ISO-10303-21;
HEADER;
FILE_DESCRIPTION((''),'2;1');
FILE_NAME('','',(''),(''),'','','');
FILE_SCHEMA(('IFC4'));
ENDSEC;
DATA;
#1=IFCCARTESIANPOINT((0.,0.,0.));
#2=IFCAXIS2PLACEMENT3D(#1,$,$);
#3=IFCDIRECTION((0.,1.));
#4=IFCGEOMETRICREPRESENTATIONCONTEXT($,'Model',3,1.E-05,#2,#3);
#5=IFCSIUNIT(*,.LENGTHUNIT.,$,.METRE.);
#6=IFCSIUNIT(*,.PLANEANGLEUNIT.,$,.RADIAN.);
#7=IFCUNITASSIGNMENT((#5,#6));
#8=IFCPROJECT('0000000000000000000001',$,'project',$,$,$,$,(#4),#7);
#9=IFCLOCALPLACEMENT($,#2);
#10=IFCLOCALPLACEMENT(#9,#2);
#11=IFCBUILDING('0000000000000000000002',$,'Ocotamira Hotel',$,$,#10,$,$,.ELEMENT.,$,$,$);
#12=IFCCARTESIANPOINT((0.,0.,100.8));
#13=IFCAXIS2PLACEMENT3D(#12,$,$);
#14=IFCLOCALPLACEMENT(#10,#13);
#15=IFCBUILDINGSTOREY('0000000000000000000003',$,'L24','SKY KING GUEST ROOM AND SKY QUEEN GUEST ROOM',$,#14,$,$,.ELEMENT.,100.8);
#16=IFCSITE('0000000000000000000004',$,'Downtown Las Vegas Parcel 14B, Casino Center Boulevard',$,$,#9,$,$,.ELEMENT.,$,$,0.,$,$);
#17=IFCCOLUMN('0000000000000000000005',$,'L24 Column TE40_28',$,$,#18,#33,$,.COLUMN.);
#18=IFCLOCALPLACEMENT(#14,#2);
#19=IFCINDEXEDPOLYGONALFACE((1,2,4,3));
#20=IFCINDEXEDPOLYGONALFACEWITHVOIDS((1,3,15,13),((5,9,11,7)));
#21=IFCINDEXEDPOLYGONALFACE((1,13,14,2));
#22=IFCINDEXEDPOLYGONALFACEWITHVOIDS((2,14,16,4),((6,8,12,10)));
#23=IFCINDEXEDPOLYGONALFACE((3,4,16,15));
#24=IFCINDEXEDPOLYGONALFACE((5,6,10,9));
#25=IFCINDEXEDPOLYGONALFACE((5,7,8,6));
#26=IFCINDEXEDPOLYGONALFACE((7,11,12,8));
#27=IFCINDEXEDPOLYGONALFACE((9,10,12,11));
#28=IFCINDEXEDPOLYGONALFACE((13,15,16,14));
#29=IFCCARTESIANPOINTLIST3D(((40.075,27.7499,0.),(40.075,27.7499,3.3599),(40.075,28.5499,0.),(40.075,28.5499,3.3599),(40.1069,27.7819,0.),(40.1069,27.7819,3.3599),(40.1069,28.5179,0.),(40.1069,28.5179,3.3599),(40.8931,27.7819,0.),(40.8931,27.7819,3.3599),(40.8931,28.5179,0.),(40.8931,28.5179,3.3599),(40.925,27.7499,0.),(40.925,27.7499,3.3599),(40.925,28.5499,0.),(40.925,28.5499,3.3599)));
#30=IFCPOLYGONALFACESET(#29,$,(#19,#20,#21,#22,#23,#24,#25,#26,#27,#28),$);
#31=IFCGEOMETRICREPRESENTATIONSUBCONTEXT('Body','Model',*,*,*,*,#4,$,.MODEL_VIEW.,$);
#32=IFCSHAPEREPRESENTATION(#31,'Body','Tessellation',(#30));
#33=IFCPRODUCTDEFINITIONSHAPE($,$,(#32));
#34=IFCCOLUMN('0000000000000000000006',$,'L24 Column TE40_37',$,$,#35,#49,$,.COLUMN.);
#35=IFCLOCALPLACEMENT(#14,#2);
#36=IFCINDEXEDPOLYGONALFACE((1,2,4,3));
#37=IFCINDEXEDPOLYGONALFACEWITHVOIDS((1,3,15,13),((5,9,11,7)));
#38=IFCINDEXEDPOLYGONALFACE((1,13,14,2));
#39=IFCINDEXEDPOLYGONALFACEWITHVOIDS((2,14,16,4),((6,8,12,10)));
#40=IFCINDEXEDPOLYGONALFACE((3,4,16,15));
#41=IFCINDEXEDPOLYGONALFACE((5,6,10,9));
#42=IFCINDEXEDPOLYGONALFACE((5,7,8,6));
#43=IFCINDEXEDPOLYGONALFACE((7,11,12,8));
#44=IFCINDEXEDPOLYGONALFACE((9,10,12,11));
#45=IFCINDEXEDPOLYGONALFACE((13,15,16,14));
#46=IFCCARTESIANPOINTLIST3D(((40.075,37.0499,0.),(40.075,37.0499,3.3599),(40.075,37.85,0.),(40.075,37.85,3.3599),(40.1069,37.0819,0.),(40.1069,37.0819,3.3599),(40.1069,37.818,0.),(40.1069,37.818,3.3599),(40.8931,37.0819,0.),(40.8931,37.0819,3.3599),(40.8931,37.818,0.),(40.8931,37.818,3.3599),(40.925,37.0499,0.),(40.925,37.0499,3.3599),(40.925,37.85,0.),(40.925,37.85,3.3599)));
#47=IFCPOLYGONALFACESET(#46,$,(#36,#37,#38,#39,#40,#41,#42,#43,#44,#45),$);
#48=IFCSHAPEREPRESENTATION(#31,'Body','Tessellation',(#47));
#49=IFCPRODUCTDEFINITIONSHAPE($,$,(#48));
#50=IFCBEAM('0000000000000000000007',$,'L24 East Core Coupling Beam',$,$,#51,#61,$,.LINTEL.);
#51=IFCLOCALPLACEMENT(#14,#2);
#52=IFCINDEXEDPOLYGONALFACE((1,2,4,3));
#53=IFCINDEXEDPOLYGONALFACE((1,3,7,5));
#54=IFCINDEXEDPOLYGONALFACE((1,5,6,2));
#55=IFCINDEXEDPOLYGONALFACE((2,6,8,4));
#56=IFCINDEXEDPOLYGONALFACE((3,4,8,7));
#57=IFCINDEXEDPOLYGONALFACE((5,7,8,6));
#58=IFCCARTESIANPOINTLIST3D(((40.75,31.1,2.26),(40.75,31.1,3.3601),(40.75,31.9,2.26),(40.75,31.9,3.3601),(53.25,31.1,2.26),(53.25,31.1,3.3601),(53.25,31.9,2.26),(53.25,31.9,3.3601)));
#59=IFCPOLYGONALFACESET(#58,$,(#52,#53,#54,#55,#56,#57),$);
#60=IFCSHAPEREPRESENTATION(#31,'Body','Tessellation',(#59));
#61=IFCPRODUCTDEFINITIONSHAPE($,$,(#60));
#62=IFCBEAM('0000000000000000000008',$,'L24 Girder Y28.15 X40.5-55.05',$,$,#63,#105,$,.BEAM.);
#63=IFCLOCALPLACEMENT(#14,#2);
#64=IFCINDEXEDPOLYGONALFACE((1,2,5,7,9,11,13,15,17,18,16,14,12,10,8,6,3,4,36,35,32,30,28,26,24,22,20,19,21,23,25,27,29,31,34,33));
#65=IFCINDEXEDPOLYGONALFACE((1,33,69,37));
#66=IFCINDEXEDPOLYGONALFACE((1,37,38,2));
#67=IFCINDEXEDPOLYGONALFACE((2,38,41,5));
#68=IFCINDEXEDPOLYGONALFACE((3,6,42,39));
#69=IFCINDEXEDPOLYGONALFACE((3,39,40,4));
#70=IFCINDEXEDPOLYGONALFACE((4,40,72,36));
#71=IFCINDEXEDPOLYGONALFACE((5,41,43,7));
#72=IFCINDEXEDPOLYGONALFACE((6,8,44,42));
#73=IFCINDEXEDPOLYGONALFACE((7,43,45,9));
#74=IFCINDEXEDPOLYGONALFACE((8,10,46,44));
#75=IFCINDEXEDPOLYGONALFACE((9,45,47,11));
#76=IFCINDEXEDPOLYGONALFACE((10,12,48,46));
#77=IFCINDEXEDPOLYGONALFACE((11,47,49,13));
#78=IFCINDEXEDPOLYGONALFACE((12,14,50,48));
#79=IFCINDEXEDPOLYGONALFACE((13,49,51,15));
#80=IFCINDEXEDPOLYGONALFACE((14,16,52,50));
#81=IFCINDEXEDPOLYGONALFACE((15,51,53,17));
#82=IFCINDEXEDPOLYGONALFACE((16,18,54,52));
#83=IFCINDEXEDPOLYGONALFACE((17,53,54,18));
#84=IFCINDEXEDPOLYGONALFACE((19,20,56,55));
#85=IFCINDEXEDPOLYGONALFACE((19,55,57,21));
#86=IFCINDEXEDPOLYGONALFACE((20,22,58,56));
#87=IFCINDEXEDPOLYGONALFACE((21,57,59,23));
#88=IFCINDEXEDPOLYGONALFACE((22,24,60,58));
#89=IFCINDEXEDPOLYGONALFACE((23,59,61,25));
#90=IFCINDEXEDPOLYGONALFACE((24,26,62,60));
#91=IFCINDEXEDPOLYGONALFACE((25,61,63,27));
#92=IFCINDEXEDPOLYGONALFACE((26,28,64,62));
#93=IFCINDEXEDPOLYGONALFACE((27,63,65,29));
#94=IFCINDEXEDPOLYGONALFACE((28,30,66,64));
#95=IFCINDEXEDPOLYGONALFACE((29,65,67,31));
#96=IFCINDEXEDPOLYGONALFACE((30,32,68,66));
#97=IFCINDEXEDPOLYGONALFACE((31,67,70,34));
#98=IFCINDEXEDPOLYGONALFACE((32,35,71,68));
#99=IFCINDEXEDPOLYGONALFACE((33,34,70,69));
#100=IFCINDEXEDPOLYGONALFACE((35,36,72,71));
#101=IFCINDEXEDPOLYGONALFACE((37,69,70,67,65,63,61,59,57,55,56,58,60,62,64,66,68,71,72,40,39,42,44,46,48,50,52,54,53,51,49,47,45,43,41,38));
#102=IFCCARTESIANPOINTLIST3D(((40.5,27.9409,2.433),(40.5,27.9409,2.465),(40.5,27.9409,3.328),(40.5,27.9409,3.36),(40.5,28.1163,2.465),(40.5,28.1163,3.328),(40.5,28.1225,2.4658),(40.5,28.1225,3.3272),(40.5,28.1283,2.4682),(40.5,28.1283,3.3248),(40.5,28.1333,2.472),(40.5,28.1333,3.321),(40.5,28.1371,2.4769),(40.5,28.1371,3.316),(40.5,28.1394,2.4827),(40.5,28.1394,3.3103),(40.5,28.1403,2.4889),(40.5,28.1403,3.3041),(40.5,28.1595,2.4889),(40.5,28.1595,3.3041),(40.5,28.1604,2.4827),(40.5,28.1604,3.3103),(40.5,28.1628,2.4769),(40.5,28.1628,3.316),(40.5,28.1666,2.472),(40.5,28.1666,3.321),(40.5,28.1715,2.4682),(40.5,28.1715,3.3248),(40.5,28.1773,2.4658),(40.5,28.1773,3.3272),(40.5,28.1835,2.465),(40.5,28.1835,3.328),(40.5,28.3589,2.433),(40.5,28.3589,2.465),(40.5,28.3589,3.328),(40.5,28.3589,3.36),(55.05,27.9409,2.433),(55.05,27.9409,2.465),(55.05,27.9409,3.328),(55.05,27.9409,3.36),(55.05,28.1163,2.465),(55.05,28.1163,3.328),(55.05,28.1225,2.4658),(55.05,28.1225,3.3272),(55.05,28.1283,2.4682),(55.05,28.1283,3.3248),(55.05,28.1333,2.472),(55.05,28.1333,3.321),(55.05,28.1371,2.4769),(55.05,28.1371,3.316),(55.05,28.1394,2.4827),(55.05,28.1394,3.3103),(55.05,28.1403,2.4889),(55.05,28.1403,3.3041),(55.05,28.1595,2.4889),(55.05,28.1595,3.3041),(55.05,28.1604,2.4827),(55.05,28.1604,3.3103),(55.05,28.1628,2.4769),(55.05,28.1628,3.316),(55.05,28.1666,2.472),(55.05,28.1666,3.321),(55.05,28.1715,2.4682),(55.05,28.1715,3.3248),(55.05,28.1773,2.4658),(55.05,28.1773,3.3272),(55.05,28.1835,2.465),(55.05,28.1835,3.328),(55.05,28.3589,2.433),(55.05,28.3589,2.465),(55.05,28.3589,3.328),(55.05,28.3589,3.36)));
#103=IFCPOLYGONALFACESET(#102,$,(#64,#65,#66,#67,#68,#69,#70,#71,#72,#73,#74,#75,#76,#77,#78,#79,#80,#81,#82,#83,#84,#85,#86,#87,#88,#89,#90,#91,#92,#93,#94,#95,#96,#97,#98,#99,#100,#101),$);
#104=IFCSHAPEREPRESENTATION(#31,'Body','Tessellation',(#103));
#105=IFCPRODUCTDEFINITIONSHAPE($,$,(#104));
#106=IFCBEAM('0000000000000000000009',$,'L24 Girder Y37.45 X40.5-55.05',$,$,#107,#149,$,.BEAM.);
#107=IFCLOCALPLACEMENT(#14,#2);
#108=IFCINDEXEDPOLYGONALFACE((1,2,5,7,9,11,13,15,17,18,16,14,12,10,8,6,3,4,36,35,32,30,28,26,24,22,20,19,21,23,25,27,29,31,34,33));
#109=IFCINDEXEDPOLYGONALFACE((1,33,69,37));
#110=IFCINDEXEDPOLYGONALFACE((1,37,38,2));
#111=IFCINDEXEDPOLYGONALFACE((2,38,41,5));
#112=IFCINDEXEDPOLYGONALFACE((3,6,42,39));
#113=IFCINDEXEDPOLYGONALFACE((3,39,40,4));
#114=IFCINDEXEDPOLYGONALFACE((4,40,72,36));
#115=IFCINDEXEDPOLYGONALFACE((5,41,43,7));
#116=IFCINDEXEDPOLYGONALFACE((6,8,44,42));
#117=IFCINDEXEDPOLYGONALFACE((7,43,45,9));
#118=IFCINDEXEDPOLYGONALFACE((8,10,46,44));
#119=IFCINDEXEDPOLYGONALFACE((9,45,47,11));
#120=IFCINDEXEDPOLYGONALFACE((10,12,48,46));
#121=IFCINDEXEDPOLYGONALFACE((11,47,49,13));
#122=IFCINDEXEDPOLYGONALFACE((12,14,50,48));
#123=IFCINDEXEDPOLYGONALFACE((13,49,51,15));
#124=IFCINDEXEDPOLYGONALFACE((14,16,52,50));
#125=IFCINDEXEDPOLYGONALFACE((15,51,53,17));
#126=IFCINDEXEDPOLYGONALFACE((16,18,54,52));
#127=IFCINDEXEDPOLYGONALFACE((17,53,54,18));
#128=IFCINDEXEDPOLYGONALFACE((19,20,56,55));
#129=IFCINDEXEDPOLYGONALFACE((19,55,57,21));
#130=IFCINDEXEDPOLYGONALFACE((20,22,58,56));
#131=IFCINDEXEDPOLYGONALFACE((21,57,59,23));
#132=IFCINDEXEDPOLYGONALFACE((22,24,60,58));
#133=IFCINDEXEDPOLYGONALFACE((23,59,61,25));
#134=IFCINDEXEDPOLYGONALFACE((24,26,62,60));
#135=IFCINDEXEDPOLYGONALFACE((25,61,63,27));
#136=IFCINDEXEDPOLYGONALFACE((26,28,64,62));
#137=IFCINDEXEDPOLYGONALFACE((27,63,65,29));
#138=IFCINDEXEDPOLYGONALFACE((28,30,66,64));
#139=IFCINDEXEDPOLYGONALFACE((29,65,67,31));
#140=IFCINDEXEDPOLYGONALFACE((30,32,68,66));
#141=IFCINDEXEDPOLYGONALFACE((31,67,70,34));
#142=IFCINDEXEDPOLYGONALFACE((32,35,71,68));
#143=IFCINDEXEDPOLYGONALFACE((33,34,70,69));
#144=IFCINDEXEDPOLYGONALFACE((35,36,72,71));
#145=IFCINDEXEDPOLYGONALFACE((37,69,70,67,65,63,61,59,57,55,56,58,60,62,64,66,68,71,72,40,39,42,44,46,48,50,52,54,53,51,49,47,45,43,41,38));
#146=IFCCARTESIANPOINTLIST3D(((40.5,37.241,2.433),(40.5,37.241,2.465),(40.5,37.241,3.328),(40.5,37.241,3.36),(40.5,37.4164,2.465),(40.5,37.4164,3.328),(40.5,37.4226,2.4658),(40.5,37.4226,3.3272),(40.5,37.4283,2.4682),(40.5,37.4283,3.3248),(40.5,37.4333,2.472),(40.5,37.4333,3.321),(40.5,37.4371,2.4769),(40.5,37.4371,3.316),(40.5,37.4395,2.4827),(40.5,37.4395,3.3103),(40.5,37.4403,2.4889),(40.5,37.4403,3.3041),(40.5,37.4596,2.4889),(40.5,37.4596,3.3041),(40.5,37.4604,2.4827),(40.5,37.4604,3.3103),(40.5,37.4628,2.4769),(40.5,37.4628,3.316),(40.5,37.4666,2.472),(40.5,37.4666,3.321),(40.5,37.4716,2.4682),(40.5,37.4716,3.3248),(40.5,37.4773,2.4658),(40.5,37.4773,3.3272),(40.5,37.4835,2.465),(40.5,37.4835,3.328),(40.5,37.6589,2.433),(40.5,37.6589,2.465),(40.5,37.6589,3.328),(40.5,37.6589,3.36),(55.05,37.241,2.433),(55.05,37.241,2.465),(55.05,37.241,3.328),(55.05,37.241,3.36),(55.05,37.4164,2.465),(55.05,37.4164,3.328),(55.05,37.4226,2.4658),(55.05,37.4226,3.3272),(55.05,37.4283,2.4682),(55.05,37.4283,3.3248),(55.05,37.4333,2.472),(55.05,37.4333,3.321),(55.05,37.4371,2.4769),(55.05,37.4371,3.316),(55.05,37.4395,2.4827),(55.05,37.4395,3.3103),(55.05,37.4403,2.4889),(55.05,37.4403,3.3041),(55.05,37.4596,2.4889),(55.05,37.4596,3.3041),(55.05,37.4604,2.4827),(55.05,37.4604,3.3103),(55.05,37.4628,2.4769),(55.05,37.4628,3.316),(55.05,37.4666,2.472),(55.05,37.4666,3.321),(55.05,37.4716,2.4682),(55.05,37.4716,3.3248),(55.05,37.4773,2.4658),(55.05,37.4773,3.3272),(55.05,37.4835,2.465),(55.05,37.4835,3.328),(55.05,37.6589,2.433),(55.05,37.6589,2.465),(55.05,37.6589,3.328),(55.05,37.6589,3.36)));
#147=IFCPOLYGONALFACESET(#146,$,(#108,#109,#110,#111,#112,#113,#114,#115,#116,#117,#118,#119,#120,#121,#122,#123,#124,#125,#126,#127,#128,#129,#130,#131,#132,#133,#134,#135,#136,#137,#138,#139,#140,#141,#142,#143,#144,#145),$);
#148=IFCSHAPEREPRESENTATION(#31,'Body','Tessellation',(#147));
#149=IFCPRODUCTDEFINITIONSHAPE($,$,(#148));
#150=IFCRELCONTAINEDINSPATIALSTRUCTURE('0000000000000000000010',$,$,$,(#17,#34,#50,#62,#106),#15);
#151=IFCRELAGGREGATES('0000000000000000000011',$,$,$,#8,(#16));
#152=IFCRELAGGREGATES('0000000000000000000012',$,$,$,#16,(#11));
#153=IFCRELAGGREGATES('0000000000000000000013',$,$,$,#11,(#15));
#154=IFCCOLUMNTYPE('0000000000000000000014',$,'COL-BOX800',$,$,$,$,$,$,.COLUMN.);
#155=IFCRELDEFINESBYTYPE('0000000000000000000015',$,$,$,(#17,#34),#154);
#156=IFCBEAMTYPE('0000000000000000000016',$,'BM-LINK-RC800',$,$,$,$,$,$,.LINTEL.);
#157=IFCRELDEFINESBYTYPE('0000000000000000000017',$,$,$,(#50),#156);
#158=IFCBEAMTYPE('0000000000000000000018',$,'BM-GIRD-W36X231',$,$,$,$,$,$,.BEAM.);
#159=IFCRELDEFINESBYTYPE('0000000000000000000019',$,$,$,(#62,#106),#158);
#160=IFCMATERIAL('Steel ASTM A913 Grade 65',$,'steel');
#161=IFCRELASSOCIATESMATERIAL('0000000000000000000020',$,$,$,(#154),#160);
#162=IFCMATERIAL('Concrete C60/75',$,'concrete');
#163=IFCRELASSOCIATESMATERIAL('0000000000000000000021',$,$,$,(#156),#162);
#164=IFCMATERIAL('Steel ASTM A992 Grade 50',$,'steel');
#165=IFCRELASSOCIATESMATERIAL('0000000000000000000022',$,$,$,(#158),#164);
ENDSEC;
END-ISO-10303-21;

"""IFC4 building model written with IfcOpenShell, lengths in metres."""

from ifc_helpers import new_model, si_unit, direction, frame, origin, origin_2d, place, context, subcontext, project, spatial, rectangle, hollow_rectangle, i_section, extrude, source, transform, mapped, material, material_profile, profile_set, type_object, element, save


model = new_model("IFC4")

# Units and contexts
model_context = context("Model", 3, precision=1e-05, world=origin(), true_north=direction((0.0, 1.0)))
body_context = subcontext(model_context, "Body", "Model", "MODEL_VIEW")
ifc_project = project(units=[si_unit("LENGTHUNIT", "METRE"), si_unit("PLANEANGLEUNIT", "RADIAN")], contexts=[model_context])

# Site, building, storey
site_placement = place(None, origin())
site = spatial("IfcSite", under=ifc_project, at=site_placement, Name="Downtown Las Vegas Parcel 14B, Casino Center Boulevard", CompositionType="ELEMENT", RefElevation=0.0)
building_placement = place(site_placement, origin())
building = spatial("IfcBuilding", under=site, at=building_placement, Name="Ocotamira Hotel", CompositionType="ELEMENT")
storey_placement = place(building_placement, frame((0.0, 0.0, 100.8)))
storey = spatial("IfcBuildingStorey", under=building, at=storey_placement, Name="L24", Description="SKY KING GUEST ROOM AND SKY QUEEN GUEST ROOM", CompositionType="ELEMENT", Elevation=100.8)

# Columns
ifc_material_1 = material(Name="Steel ASTM A913 Grade 65", Category="steel")
ifc_material_profile_1 = material_profile(ifc_material_1, hollow_rectangle(XDim=0.8501, YDim=0.8, WallThickness=0.032, at=origin_2d()), Name="BOX800X850X32")
ifc_profile_set_1 = profile_set([ifc_material_profile_1], Name="Steel ASTM A913 Grade 65")
column_type = type_object("IfcColumnType", Name="COL-BOX800", PredefinedType="COLUMN", material=ifc_profile_set_1)
shared_shape_1 = source(origin(), body_context, "Body", "SweptSolid", [
    extrude(hollow_rectangle(XDim=0.8501, YDim=0.8, WallThickness=0.032, at=origin_2d()), origin(), (0.0, 0.0, 1.0), 3.3599),
])
for number, where, z_axis, x_axis, name in (
    (1, (40.5, 28.1499, 0.0), (0.0, 0.0, 1.0), (1.0, 0.0, 0.0), "L24 Column TE40_28"),
    (2, (40.5, 37.45, 0.0), (0.0, 0.0, 1.0), (1.0, 0.0, 0.0), "L24 Column TE40_37"),
):
    element("IfcColumn", number, at=place(storey_placement, frame(where, z_axis=z_axis, x_axis=x_axis)), inside=storey, type_object=column_type, Name=name, PredefinedType="COLUMN", context=body_context, shape_type="MappedRepresentation", body=[
        mapped(shared_shape_1, transform((0.0, 0.0, 0.0), scale=1.0)),
    ])

# Beams
ifc_material_2 = material(Name="Concrete C60/75", Category="concrete")
ifc_material_profile_2 = material_profile(ifc_material_2, rectangle(XDim=0.8, YDim=1.1001, at=origin_2d()), Name="RC800X1100")
ifc_profile_set_2 = profile_set([ifc_material_profile_2], Name="Concrete C60/75")
beam_type_1 = type_object("IfcBeamType", Name="BM-LINK-RC800", PredefinedType="LINTEL", material=ifc_profile_set_2)
shared_shape_2 = source(origin(), body_context, "Body", "SweptSolid", [
    extrude(rectangle(XDim=0.8, YDim=1.1001, at=origin_2d()), origin(), (0.0, 0.0, 1.0), 12.5),
])
beam_1_placement = place(storey_placement, frame((40.75, 31.5, 2.8101), z_axis=(1.0, 0.0, 0.0), x_axis=(0.0, 1.0, 0.0)))
element("IfcBeam", 3, at=beam_1_placement, inside=storey, type_object=beam_type_1, Name="L24 East Core Coupling Beam", PredefinedType="LINTEL", context=body_context, shape_type="MappedRepresentation", body=[
    mapped(shared_shape_2, transform((0.0, 0.0, 0.0), scale=1.0)),
])
ifc_material_3 = material(Name="Steel ASTM A992 Grade 50", Category="steel")
ifc_material_profile_3 = material_profile(ifc_material_3, i_section(OverallWidth=0.418, OverallDepth=0.927, WebThickness=0.0193, FlangeThickness=0.032, FilletRadius=0.0239, at=origin_2d()), Name="W36X231")
ifc_profile_set_3 = profile_set([ifc_material_profile_3], Name="Steel ASTM A992 Grade 50")
beam_type_2 = type_object("IfcBeamType", Name="BM-GIRD-W36X231", PredefinedType="BEAM", material=ifc_profile_set_3)
shared_shape_3 = source(origin(), body_context, "Body", "SweptSolid", [
    extrude(i_section(OverallWidth=0.418, OverallDepth=0.927, WebThickness=0.0193, FlangeThickness=0.032, FilletRadius=0.0239, at=origin_2d()), origin(), (0.0, 0.0, 1.0), 14.55),
])
for number, where, z_axis, x_axis, name in (
    (4, (40.5, 28.1499, 2.8965), (1.0, 0.0, 0.0), (0.0, 1.0, 0.0), "L24 Girder Y28.15 X40.5-55.05"),
    (5, (40.5, 37.45, 2.8965), (1.0, 0.0, 0.0), (0.0, 1.0, 0.0), "L24 Girder Y37.45 X40.5-55.05"),
):
    element("IfcBeam", number, at=place(storey_placement, frame(where, z_axis=z_axis, x_axis=x_axis)), inside=storey, type_object=beam_type_2, Name=name, PredefinedType="BEAM", context=body_context, shape_type="MappedRepresentation", body=[
        mapped(shared_shape_3, transform((0.0, 0.0, 0.0), scale=1.0)),
    ])

save(model, "model.ifc")
